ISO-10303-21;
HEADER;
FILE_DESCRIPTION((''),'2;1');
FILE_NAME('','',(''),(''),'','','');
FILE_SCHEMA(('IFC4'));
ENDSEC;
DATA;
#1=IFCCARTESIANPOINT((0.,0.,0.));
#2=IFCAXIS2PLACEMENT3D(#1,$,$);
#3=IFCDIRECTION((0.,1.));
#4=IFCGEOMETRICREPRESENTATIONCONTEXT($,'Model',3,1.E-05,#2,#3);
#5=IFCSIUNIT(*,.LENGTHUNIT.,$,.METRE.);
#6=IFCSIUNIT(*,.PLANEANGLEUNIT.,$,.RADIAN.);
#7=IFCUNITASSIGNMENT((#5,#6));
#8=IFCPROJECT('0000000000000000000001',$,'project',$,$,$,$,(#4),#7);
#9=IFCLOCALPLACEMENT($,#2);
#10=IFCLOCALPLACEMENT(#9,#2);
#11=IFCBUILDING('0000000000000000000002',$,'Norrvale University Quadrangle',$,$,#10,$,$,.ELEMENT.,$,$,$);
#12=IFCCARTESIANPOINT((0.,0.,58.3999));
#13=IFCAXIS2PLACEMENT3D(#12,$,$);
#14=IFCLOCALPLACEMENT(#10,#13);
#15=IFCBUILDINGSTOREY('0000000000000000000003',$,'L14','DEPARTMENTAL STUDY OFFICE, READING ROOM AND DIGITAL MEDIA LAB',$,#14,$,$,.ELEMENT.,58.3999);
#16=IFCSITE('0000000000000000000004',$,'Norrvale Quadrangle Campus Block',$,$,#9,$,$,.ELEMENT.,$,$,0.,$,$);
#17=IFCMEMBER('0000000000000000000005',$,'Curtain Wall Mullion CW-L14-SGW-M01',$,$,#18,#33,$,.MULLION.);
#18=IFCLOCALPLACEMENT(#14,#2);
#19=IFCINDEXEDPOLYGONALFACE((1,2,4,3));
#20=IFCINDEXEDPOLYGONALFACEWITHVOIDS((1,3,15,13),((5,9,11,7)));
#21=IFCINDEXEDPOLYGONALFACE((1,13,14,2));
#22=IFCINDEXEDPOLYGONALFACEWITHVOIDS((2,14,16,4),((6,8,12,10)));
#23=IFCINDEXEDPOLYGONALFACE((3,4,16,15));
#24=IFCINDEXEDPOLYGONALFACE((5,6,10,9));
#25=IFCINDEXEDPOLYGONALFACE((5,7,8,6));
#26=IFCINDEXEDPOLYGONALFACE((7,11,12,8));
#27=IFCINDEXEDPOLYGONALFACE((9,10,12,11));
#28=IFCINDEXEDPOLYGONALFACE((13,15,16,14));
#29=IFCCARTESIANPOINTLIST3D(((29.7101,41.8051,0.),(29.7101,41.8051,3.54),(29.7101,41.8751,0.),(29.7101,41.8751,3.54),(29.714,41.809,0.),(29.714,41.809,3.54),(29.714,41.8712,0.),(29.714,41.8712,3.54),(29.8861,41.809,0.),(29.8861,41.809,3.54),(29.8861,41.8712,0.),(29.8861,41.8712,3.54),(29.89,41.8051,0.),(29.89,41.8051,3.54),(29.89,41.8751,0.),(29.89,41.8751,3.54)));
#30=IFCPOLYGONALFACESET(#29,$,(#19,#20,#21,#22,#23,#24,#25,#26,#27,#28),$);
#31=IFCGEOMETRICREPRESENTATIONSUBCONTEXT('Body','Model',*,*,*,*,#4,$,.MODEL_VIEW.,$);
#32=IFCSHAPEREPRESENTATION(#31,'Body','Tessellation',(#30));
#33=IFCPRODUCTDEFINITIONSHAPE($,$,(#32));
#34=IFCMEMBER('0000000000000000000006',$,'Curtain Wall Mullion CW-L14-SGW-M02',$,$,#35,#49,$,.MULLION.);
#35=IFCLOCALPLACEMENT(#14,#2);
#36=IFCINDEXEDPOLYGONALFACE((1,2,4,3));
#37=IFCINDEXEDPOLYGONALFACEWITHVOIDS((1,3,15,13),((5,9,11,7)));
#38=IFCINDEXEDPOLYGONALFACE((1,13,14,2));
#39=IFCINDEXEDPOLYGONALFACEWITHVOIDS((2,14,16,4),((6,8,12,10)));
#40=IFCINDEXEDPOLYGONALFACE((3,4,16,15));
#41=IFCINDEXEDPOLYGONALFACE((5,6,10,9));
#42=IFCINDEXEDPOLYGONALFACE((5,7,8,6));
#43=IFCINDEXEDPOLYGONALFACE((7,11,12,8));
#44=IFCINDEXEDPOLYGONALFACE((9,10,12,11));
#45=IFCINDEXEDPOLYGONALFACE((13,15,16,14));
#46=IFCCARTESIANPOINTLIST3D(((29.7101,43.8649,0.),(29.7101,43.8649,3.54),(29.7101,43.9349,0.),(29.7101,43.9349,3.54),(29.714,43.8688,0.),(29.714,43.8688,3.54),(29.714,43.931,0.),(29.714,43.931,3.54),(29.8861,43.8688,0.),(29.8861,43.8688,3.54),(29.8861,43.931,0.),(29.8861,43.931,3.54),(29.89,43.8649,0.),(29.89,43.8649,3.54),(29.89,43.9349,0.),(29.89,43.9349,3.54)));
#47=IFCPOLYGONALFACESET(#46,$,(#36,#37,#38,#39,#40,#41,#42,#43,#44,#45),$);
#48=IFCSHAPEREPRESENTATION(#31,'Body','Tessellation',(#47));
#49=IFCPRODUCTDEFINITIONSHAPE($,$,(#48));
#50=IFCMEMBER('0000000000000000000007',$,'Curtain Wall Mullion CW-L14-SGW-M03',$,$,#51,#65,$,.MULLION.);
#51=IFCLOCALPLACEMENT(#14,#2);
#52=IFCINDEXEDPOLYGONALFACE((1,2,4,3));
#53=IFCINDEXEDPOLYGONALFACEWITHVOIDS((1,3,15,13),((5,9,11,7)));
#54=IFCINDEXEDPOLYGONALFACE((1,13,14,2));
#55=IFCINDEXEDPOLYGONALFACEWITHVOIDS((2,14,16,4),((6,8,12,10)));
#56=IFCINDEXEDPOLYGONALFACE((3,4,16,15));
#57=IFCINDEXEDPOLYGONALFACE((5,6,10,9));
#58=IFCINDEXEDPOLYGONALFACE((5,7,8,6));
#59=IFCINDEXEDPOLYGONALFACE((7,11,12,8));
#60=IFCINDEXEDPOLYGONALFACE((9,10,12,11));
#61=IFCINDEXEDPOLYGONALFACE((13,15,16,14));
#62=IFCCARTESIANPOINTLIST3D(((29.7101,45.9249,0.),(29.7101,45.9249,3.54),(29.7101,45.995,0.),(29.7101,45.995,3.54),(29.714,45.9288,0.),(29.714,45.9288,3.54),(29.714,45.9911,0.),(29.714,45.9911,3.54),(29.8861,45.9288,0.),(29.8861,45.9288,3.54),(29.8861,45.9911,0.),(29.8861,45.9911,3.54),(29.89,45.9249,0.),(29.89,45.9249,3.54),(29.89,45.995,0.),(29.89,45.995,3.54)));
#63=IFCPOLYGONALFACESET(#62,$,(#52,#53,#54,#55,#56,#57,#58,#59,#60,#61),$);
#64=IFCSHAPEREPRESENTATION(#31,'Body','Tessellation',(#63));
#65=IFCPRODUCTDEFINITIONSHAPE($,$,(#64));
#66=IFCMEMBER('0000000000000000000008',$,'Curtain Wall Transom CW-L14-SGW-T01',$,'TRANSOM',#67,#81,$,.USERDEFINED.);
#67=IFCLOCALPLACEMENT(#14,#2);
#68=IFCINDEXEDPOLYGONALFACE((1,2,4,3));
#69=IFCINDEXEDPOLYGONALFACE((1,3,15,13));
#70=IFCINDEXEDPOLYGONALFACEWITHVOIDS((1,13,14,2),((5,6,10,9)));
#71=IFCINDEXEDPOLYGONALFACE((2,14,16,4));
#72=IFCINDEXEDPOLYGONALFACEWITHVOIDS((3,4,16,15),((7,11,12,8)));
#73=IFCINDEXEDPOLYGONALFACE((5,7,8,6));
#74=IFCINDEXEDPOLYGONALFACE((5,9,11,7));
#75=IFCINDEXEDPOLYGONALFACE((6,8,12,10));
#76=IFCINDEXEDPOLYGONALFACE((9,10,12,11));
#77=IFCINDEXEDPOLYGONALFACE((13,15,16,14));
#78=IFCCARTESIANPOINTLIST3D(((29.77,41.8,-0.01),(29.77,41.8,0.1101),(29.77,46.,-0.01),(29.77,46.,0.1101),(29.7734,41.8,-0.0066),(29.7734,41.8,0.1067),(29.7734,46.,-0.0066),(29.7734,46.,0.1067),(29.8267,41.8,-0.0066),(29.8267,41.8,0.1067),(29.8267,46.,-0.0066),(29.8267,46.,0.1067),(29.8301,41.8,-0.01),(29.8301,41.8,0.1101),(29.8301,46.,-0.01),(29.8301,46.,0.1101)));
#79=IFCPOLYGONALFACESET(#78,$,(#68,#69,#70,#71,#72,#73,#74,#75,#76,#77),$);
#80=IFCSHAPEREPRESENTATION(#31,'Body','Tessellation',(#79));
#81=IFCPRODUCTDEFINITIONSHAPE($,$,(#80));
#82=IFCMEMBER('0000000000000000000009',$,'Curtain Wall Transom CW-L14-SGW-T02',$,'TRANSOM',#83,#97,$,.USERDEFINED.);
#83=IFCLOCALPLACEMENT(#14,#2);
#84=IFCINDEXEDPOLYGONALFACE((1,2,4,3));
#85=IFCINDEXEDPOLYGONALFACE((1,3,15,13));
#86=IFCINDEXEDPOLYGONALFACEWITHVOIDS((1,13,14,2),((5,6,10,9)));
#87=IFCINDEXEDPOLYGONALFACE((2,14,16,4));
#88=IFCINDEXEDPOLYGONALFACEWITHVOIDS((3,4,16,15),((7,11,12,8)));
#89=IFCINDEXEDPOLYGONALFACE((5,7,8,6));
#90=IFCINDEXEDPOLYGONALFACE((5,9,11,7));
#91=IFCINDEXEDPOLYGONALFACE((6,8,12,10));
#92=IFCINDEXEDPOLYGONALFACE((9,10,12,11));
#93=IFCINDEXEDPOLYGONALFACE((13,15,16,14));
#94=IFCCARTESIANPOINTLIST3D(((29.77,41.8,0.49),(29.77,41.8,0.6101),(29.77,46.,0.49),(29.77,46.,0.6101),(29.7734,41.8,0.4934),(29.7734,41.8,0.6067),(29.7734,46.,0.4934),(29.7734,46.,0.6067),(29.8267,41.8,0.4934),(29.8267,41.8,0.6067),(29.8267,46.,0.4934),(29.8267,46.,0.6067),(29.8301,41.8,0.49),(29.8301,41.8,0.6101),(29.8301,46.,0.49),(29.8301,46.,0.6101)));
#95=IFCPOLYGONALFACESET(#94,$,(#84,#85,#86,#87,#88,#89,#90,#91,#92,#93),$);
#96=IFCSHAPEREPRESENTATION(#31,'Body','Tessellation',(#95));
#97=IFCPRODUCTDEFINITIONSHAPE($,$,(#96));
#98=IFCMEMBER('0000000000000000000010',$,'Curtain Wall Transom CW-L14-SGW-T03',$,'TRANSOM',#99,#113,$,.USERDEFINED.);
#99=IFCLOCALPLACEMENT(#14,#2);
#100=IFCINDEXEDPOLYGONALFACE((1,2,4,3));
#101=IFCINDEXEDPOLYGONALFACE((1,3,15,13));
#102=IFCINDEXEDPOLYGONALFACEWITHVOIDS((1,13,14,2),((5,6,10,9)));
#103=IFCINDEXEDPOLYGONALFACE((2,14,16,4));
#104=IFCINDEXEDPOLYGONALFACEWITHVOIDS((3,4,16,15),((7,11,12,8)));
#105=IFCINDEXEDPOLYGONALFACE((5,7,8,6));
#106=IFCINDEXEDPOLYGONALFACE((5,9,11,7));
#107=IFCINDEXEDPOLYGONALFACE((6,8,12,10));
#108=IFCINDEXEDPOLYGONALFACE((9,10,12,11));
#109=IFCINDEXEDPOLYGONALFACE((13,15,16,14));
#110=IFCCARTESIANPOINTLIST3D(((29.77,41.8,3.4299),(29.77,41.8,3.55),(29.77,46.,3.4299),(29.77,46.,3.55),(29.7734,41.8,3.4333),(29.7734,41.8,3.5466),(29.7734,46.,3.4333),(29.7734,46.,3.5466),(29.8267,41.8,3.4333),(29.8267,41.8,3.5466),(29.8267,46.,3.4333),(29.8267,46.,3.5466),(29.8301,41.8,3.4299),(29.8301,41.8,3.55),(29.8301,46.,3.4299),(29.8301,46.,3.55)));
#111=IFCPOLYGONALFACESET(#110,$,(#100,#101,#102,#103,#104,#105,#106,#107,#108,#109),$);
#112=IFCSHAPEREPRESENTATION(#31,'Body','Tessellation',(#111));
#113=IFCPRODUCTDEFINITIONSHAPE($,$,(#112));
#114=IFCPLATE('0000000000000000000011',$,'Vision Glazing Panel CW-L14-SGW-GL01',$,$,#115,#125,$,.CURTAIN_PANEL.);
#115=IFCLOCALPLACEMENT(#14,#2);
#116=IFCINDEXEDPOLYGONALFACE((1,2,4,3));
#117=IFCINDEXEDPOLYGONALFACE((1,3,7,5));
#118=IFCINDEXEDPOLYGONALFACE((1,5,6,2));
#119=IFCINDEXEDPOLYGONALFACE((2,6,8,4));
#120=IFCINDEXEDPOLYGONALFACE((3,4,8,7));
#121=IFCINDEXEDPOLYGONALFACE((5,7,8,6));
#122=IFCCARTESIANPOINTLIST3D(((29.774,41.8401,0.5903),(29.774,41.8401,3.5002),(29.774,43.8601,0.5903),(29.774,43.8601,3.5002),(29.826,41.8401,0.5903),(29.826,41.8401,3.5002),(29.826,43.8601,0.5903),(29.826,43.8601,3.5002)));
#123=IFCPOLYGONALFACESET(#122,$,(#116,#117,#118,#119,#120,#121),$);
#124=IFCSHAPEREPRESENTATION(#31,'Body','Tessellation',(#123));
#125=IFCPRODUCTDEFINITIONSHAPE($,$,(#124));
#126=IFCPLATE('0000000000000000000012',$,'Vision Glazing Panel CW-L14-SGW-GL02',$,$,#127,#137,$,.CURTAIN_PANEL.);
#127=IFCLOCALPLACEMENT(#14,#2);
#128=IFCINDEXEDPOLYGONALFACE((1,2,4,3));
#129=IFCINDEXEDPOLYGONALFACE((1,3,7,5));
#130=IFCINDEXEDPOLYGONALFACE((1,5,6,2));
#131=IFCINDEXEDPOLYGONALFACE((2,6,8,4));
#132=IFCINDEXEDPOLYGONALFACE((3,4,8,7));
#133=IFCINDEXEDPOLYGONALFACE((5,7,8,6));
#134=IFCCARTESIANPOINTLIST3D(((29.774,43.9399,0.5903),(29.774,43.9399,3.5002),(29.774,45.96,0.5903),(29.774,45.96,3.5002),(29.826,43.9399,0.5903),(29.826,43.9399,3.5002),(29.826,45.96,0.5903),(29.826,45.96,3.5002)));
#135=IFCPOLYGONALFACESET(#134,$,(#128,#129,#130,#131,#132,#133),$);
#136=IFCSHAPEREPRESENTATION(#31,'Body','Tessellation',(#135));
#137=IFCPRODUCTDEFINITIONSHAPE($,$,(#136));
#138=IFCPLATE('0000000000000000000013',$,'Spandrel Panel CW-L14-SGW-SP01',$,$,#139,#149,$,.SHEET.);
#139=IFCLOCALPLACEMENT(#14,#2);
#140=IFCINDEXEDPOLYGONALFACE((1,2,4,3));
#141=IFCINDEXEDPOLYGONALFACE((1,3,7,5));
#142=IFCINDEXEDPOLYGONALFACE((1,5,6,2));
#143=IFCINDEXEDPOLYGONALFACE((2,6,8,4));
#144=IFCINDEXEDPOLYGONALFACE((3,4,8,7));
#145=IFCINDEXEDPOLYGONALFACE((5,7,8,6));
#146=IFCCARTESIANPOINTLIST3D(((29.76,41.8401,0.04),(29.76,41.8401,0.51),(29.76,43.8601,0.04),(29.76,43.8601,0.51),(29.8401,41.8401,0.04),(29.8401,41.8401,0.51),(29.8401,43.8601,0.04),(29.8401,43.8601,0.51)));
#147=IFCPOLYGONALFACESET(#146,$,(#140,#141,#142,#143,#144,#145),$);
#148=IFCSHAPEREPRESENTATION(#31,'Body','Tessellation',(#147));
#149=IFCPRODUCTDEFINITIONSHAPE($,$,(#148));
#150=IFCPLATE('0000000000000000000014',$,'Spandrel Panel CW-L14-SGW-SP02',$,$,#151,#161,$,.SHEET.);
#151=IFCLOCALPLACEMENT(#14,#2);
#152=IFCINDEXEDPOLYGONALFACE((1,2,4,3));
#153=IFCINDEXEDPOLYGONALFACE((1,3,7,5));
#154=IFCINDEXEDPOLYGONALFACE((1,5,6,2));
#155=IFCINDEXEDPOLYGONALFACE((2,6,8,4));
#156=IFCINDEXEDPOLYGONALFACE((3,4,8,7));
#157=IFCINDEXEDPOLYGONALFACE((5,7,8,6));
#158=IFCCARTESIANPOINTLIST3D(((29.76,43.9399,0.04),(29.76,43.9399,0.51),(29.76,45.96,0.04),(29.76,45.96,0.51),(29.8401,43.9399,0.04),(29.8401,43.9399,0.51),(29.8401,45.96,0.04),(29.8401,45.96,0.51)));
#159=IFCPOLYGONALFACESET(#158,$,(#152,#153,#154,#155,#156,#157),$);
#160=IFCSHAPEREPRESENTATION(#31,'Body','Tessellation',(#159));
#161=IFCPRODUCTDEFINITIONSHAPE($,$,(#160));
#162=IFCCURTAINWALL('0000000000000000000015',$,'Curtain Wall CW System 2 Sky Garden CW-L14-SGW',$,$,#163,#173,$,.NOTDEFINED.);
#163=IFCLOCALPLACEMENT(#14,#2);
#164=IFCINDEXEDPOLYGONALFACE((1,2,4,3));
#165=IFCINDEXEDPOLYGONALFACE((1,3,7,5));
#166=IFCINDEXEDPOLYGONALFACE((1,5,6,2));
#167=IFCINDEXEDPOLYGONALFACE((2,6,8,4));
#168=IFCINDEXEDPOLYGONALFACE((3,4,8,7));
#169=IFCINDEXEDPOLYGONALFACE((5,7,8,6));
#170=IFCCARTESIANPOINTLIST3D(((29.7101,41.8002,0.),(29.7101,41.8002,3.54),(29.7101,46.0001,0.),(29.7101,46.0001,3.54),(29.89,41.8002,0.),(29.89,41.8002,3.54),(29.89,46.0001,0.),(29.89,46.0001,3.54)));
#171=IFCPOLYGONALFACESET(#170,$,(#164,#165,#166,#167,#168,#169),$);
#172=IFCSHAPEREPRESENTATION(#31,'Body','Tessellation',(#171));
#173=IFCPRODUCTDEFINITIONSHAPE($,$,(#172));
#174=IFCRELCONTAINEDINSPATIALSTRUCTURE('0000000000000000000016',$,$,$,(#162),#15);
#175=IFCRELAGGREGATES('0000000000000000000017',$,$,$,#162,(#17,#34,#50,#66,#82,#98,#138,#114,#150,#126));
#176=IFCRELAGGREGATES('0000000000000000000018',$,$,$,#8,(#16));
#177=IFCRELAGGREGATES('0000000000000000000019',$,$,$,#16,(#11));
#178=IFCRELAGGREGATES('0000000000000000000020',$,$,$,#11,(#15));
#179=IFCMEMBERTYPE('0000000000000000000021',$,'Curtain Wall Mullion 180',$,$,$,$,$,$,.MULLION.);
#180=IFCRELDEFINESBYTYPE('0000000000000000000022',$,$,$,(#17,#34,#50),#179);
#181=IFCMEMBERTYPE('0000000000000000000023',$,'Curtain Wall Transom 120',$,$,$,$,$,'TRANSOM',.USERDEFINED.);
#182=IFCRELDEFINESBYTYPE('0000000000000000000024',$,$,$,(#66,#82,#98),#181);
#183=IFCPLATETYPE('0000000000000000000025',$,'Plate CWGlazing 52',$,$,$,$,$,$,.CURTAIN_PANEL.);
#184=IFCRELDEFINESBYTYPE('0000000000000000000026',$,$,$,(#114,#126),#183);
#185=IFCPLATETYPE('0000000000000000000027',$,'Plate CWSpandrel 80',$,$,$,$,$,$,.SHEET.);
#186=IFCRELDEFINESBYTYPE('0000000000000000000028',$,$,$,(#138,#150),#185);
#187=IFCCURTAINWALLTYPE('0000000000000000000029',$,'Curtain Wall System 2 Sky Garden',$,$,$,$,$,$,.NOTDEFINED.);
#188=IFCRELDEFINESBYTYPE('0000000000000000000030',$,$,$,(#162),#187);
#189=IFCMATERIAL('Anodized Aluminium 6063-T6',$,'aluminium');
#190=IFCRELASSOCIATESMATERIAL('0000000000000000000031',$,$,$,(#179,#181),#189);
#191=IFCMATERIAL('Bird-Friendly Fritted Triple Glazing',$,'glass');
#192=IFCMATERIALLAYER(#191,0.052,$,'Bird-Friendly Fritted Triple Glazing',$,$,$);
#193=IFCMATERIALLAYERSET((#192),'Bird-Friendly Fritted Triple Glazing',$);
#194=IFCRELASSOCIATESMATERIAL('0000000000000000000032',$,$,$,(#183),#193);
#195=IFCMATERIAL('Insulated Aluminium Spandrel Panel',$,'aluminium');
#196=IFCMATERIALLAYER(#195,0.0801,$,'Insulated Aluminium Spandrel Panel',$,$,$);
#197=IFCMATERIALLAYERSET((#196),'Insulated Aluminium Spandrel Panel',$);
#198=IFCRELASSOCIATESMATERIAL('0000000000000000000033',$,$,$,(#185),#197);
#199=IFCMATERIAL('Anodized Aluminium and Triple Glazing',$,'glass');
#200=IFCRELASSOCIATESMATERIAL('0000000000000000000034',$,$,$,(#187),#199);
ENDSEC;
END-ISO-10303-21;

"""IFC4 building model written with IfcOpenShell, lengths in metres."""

from ifc_helpers import new_model, si_unit, direction, frame, frame_2d, origin, origin_2d, place, context, subcontext, project, spatial, rectangle, hollow_rectangle, extrude, material, layer, layer_set, material_profile, profile_set, type_object, element, aggregate, save


model = new_model("IFC4")

# Units and contexts
model_context = context("Model", 3, precision=1e-05, world=origin(), true_north=direction((0.0, 1.0)))
body_context = subcontext(model_context, "Body", "Model", "MODEL_VIEW")
ifc_project = project(units=[si_unit("LENGTHUNIT", "METRE"), si_unit("PLANEANGLEUNIT", "RADIAN")], contexts=[model_context])

# Members
ifc_material_1 = material(Name="Anodized Aluminium 6063-T6", Category="aluminium")
ifc_material_profile_1 = material_profile(ifc_material_1, hollow_rectangle(XDim=0.0701, YDim=0.1799, WallThickness=0.0039, at=origin_2d()), Name="Anodized Aluminium 6063-T6")
ifc_profile_set_1 = profile_set([ifc_material_profile_1], Name="Anodized Aluminium 6063-T6")
member_type_1 = type_object("IfcMemberType", Name="Curtain Wall Mullion 180", PredefinedType="MULLION", material=ifc_profile_set_1)
site_placement = place(None, origin())
building_placement = place(site_placement, origin())
storey_placement = place(building_placement, frame((0.0, 0.0, 58.3999)))
member_1_placement = place(storey_placement, frame((29.8, 41.8401, 0.0), z_axis=(0.0, 0.0, 1.0), x_axis=(0.0, 1.0, 0.0)))
member_1 = element("IfcMember", 1, at=member_1_placement, type_object=member_type_1, Name="Curtain Wall Mullion CW-L14-SGW-M01", PredefinedType="MULLION", context=body_context, shape_type="SweptSolid", body=[
    extrude(hollow_rectangle(XDim=0.0701, YDim=0.1799, WallThickness=0.0039, at=origin_2d()), origin(), (0.0, 0.0, 1.0), 3.54),
])
member_2_placement = place(storey_placement, frame((29.8, 43.8999, 0.0), z_axis=(0.0, 0.0, 1.0), x_axis=(0.0, 1.0, 0.0)))
member_2 = element("IfcMember", 2, at=member_2_placement, type_object=member_type_1, Name="Curtain Wall Mullion CW-L14-SGW-M02", PredefinedType="MULLION", context=body_context, shape_type="SweptSolid", body=[
    extrude(hollow_rectangle(XDim=0.0701, YDim=0.1799, WallThickness=0.0039, at=origin_2d()), origin(), (0.0, 0.0, 1.0), 3.54),
])
member_3_placement = place(storey_placement, frame((29.8, 45.96, 0.0), z_axis=(0.0, 0.0, 1.0), x_axis=(0.0, 1.0, 0.0)))
member_3 = element("IfcMember", 3, at=member_3_placement, type_object=member_type_1, Name="Curtain Wall Mullion CW-L14-SGW-M03", PredefinedType="MULLION", context=body_context, shape_type="SweptSolid", body=[
    extrude(hollow_rectangle(XDim=0.0701, YDim=0.1799, WallThickness=0.0039, at=origin_2d()), origin(), (0.0, 0.0, 1.0), 3.54),
])
ifc_material_profile_2 = material_profile(ifc_material_1, hollow_rectangle(XDim=0.0601, YDim=0.1201, WallThickness=0.0034, at=origin_2d()), Name="Anodized Aluminium 6063-T6")
ifc_profile_set_2 = profile_set([ifc_material_profile_2], Name="Anodized Aluminium 6063-T6")
member_type_2 = type_object("IfcMemberType", Name="Curtain Wall Transom 120", ElementType="TRANSOM", PredefinedType="USERDEFINED", material=ifc_profile_set_2)
member_4_placement = place(storey_placement, frame((29.8, 41.8, 0.05), z_axis=(0.0, 1.0, 0.0), x_axis=(-1.0, 0.0, 0.0)))
member_4 = element("IfcMember", 4, at=member_4_placement, type_object=member_type_2, Name="Curtain Wall Transom CW-L14-SGW-T01", ObjectType="TRANSOM", PredefinedType="USERDEFINED", context=body_context, shape_type="SweptSolid", body=[
    extrude(hollow_rectangle(XDim=0.0601, YDim=0.1201, WallThickness=0.0034, at=origin_2d()), origin(), (0.0, 0.0, 1.0), 4.2),
])
member_5_placement = place(storey_placement, frame((29.8, 41.8, 0.55), z_axis=(0.0, 1.0, 0.0), x_axis=(-1.0, 0.0, 0.0)))
member_5 = element("IfcMember", 5, at=member_5_placement, type_object=member_type_2, Name="Curtain Wall Transom CW-L14-SGW-T02", ObjectType="TRANSOM", PredefinedType="USERDEFINED", context=body_context, shape_type="SweptSolid", body=[
    extrude(hollow_rectangle(XDim=0.0601, YDim=0.1201, WallThickness=0.0034, at=origin_2d()), origin(), (0.0, 0.0, 1.0), 4.2),
])
member_6_placement = place(storey_placement, frame((29.8, 41.8, 3.49), z_axis=(0.0, 1.0, 0.0), x_axis=(-1.0, 0.0, 0.0)))
member_6 = element("IfcMember", 6, at=member_6_placement, type_object=member_type_2, Name="Curtain Wall Transom CW-L14-SGW-T03", ObjectType="TRANSOM", PredefinedType="USERDEFINED", context=body_context, shape_type="SweptSolid", body=[
    extrude(hollow_rectangle(XDim=0.0601, YDim=0.1201, WallThickness=0.0034, at=origin_2d()), origin(), (0.0, 0.0, 1.0), 4.2),
])

# Plates
ifc_material_2 = material(Name="Bird-Friendly Fritted Triple Glazing", Category="glass")
ifc_layer_1 = layer(ifc_material_2, 0.052, Name="Bird-Friendly Fritted Triple Glazing")
ifc_layer_set_1 = layer_set([ifc_layer_1], Name="Bird-Friendly Fritted Triple Glazing")
plate_type_1 = type_object("IfcPlateType", Name="Plate CWGlazing 52", PredefinedType="CURTAIN_PANEL", material=ifc_layer_set_1)
plate_1_placement = place(storey_placement, frame((29.8, 42.8501, 0.5903), z_axis=(0.0, 0.0, 1.0), x_axis=(0.0, 1.0, 0.0)))
plate_1 = element("IfcPlate", 7, at=plate_1_placement, type_object=plate_type_1, Name="Vision Glazing Panel CW-L14-SGW-GL01", PredefinedType="CURTAIN_PANEL", context=body_context, shape_type="SweptSolid", body=[
    extrude(rectangle(XDim=2.02, YDim=0.052, at=origin_2d()), origin(), (0.0, 0.0, 1.0), 2.9099),
])
plate_2_placement = place(storey_placement, frame((29.8, 44.95, 0.5903), z_axis=(0.0, 0.0, 1.0), x_axis=(0.0, 1.0, 0.0)))
plate_2 = element("IfcPlate", 8, at=plate_2_placement, type_object=plate_type_1, Name="Vision Glazing Panel CW-L14-SGW-GL02", PredefinedType="CURTAIN_PANEL", context=body_context, shape_type="SweptSolid", body=[
    extrude(rectangle(XDim=2.02, YDim=0.052, at=origin_2d()), origin(), (0.0, 0.0, 1.0), 2.9099),
])
ifc_material_3 = material(Name="Insulated Aluminium Spandrel Panel", Category="aluminium")
ifc_layer_2 = layer(ifc_material_3, 0.0801, Name="Insulated Aluminium Spandrel Panel")
ifc_layer_set_2 = layer_set([ifc_layer_2], Name="Insulated Aluminium Spandrel Panel")
plate_type_2 = type_object("IfcPlateType", Name="Plate CWSpandrel 80", PredefinedType="SHEET", material=ifc_layer_set_2)
plate_3_placement = place(storey_placement, frame((29.8, 42.8501, 0.04), z_axis=(0.0, 0.0, 1.0), x_axis=(0.0, 1.0, 0.0)))
plate_3 = element("IfcPlate", 9, at=plate_3_placement, type_object=plate_type_2, Name="Spandrel Panel CW-L14-SGW-SP01", PredefinedType="SHEET", context=body_context, shape_type="SweptSolid", body=[
    extrude(rectangle(XDim=2.02, YDim=0.0801, at=origin_2d()), origin(), (0.0, 0.0, 1.0), 0.47),
])
plate_4_placement = place(storey_placement, frame((29.8, 44.95, 0.04), z_axis=(0.0, 0.0, 1.0), x_axis=(0.0, 1.0, 0.0)))
plate_4 = element("IfcPlate", 10, at=plate_4_placement, type_object=plate_type_2, Name="Spandrel Panel CW-L14-SGW-SP02", PredefinedType="SHEET", context=body_context, shape_type="SweptSolid", body=[
    extrude(rectangle(XDim=2.02, YDim=0.0801, at=origin_2d()), origin(), (0.0, 0.0, 1.0), 0.47),
])

# Site, building, storey
site = spatial("IfcSite", under=ifc_project, at=site_placement, Name="Norrvale Quadrangle Campus Block", CompositionType="ELEMENT", RefElevation=0.0)
building = spatial("IfcBuilding", under=site, at=building_placement, Name="Norrvale University Quadrangle", CompositionType="ELEMENT")
storey = spatial("IfcBuildingStorey", under=building, at=storey_placement, Name="L14", Description="DEPARTMENTAL STUDY OFFICE, READING ROOM AND DIGITAL MEDIA LAB", CompositionType="ELEMENT", Elevation=58.3999)

# Curtain wall
ifc_material_4 = material(Name="Anodized Aluminium and Triple Glazing", Category="glass")
curtain_wall_type = type_object("IfcCurtainWallType", Name="Curtain Wall System 2 Sky Garden", PredefinedType="NOTDEFINED", material=ifc_material_4)
curtain_wall_1_placement = place(storey_placement, frame((29.8, 41.8, 0.0), z_axis=(0.0, 0.0, 1.0), x_axis=(0.0, 1.0, 0.0)))
curtain_wall_1 = element("IfcCurtainWall", 11, at=curtain_wall_1_placement, inside=storey, type_object=curtain_wall_type, Name="Curtain Wall CW System 2 Sky Garden CW-L14-SGW", PredefinedType="NOTDEFINED", context=body_context, shape_type="SweptSolid", body=[
    extrude(rectangle(XDim=4.2, YDim=0.1799, at=frame_2d((2.1001, 0.0))), origin(), (0.0, 0.0, 1.0), 3.54),
])
aggregate(curtain_wall_1, [member_1, member_2, member_3, member_4, member_5, member_6, plate_3, plate_1, plate_4, plate_2])

save(model, "model.ifc")
